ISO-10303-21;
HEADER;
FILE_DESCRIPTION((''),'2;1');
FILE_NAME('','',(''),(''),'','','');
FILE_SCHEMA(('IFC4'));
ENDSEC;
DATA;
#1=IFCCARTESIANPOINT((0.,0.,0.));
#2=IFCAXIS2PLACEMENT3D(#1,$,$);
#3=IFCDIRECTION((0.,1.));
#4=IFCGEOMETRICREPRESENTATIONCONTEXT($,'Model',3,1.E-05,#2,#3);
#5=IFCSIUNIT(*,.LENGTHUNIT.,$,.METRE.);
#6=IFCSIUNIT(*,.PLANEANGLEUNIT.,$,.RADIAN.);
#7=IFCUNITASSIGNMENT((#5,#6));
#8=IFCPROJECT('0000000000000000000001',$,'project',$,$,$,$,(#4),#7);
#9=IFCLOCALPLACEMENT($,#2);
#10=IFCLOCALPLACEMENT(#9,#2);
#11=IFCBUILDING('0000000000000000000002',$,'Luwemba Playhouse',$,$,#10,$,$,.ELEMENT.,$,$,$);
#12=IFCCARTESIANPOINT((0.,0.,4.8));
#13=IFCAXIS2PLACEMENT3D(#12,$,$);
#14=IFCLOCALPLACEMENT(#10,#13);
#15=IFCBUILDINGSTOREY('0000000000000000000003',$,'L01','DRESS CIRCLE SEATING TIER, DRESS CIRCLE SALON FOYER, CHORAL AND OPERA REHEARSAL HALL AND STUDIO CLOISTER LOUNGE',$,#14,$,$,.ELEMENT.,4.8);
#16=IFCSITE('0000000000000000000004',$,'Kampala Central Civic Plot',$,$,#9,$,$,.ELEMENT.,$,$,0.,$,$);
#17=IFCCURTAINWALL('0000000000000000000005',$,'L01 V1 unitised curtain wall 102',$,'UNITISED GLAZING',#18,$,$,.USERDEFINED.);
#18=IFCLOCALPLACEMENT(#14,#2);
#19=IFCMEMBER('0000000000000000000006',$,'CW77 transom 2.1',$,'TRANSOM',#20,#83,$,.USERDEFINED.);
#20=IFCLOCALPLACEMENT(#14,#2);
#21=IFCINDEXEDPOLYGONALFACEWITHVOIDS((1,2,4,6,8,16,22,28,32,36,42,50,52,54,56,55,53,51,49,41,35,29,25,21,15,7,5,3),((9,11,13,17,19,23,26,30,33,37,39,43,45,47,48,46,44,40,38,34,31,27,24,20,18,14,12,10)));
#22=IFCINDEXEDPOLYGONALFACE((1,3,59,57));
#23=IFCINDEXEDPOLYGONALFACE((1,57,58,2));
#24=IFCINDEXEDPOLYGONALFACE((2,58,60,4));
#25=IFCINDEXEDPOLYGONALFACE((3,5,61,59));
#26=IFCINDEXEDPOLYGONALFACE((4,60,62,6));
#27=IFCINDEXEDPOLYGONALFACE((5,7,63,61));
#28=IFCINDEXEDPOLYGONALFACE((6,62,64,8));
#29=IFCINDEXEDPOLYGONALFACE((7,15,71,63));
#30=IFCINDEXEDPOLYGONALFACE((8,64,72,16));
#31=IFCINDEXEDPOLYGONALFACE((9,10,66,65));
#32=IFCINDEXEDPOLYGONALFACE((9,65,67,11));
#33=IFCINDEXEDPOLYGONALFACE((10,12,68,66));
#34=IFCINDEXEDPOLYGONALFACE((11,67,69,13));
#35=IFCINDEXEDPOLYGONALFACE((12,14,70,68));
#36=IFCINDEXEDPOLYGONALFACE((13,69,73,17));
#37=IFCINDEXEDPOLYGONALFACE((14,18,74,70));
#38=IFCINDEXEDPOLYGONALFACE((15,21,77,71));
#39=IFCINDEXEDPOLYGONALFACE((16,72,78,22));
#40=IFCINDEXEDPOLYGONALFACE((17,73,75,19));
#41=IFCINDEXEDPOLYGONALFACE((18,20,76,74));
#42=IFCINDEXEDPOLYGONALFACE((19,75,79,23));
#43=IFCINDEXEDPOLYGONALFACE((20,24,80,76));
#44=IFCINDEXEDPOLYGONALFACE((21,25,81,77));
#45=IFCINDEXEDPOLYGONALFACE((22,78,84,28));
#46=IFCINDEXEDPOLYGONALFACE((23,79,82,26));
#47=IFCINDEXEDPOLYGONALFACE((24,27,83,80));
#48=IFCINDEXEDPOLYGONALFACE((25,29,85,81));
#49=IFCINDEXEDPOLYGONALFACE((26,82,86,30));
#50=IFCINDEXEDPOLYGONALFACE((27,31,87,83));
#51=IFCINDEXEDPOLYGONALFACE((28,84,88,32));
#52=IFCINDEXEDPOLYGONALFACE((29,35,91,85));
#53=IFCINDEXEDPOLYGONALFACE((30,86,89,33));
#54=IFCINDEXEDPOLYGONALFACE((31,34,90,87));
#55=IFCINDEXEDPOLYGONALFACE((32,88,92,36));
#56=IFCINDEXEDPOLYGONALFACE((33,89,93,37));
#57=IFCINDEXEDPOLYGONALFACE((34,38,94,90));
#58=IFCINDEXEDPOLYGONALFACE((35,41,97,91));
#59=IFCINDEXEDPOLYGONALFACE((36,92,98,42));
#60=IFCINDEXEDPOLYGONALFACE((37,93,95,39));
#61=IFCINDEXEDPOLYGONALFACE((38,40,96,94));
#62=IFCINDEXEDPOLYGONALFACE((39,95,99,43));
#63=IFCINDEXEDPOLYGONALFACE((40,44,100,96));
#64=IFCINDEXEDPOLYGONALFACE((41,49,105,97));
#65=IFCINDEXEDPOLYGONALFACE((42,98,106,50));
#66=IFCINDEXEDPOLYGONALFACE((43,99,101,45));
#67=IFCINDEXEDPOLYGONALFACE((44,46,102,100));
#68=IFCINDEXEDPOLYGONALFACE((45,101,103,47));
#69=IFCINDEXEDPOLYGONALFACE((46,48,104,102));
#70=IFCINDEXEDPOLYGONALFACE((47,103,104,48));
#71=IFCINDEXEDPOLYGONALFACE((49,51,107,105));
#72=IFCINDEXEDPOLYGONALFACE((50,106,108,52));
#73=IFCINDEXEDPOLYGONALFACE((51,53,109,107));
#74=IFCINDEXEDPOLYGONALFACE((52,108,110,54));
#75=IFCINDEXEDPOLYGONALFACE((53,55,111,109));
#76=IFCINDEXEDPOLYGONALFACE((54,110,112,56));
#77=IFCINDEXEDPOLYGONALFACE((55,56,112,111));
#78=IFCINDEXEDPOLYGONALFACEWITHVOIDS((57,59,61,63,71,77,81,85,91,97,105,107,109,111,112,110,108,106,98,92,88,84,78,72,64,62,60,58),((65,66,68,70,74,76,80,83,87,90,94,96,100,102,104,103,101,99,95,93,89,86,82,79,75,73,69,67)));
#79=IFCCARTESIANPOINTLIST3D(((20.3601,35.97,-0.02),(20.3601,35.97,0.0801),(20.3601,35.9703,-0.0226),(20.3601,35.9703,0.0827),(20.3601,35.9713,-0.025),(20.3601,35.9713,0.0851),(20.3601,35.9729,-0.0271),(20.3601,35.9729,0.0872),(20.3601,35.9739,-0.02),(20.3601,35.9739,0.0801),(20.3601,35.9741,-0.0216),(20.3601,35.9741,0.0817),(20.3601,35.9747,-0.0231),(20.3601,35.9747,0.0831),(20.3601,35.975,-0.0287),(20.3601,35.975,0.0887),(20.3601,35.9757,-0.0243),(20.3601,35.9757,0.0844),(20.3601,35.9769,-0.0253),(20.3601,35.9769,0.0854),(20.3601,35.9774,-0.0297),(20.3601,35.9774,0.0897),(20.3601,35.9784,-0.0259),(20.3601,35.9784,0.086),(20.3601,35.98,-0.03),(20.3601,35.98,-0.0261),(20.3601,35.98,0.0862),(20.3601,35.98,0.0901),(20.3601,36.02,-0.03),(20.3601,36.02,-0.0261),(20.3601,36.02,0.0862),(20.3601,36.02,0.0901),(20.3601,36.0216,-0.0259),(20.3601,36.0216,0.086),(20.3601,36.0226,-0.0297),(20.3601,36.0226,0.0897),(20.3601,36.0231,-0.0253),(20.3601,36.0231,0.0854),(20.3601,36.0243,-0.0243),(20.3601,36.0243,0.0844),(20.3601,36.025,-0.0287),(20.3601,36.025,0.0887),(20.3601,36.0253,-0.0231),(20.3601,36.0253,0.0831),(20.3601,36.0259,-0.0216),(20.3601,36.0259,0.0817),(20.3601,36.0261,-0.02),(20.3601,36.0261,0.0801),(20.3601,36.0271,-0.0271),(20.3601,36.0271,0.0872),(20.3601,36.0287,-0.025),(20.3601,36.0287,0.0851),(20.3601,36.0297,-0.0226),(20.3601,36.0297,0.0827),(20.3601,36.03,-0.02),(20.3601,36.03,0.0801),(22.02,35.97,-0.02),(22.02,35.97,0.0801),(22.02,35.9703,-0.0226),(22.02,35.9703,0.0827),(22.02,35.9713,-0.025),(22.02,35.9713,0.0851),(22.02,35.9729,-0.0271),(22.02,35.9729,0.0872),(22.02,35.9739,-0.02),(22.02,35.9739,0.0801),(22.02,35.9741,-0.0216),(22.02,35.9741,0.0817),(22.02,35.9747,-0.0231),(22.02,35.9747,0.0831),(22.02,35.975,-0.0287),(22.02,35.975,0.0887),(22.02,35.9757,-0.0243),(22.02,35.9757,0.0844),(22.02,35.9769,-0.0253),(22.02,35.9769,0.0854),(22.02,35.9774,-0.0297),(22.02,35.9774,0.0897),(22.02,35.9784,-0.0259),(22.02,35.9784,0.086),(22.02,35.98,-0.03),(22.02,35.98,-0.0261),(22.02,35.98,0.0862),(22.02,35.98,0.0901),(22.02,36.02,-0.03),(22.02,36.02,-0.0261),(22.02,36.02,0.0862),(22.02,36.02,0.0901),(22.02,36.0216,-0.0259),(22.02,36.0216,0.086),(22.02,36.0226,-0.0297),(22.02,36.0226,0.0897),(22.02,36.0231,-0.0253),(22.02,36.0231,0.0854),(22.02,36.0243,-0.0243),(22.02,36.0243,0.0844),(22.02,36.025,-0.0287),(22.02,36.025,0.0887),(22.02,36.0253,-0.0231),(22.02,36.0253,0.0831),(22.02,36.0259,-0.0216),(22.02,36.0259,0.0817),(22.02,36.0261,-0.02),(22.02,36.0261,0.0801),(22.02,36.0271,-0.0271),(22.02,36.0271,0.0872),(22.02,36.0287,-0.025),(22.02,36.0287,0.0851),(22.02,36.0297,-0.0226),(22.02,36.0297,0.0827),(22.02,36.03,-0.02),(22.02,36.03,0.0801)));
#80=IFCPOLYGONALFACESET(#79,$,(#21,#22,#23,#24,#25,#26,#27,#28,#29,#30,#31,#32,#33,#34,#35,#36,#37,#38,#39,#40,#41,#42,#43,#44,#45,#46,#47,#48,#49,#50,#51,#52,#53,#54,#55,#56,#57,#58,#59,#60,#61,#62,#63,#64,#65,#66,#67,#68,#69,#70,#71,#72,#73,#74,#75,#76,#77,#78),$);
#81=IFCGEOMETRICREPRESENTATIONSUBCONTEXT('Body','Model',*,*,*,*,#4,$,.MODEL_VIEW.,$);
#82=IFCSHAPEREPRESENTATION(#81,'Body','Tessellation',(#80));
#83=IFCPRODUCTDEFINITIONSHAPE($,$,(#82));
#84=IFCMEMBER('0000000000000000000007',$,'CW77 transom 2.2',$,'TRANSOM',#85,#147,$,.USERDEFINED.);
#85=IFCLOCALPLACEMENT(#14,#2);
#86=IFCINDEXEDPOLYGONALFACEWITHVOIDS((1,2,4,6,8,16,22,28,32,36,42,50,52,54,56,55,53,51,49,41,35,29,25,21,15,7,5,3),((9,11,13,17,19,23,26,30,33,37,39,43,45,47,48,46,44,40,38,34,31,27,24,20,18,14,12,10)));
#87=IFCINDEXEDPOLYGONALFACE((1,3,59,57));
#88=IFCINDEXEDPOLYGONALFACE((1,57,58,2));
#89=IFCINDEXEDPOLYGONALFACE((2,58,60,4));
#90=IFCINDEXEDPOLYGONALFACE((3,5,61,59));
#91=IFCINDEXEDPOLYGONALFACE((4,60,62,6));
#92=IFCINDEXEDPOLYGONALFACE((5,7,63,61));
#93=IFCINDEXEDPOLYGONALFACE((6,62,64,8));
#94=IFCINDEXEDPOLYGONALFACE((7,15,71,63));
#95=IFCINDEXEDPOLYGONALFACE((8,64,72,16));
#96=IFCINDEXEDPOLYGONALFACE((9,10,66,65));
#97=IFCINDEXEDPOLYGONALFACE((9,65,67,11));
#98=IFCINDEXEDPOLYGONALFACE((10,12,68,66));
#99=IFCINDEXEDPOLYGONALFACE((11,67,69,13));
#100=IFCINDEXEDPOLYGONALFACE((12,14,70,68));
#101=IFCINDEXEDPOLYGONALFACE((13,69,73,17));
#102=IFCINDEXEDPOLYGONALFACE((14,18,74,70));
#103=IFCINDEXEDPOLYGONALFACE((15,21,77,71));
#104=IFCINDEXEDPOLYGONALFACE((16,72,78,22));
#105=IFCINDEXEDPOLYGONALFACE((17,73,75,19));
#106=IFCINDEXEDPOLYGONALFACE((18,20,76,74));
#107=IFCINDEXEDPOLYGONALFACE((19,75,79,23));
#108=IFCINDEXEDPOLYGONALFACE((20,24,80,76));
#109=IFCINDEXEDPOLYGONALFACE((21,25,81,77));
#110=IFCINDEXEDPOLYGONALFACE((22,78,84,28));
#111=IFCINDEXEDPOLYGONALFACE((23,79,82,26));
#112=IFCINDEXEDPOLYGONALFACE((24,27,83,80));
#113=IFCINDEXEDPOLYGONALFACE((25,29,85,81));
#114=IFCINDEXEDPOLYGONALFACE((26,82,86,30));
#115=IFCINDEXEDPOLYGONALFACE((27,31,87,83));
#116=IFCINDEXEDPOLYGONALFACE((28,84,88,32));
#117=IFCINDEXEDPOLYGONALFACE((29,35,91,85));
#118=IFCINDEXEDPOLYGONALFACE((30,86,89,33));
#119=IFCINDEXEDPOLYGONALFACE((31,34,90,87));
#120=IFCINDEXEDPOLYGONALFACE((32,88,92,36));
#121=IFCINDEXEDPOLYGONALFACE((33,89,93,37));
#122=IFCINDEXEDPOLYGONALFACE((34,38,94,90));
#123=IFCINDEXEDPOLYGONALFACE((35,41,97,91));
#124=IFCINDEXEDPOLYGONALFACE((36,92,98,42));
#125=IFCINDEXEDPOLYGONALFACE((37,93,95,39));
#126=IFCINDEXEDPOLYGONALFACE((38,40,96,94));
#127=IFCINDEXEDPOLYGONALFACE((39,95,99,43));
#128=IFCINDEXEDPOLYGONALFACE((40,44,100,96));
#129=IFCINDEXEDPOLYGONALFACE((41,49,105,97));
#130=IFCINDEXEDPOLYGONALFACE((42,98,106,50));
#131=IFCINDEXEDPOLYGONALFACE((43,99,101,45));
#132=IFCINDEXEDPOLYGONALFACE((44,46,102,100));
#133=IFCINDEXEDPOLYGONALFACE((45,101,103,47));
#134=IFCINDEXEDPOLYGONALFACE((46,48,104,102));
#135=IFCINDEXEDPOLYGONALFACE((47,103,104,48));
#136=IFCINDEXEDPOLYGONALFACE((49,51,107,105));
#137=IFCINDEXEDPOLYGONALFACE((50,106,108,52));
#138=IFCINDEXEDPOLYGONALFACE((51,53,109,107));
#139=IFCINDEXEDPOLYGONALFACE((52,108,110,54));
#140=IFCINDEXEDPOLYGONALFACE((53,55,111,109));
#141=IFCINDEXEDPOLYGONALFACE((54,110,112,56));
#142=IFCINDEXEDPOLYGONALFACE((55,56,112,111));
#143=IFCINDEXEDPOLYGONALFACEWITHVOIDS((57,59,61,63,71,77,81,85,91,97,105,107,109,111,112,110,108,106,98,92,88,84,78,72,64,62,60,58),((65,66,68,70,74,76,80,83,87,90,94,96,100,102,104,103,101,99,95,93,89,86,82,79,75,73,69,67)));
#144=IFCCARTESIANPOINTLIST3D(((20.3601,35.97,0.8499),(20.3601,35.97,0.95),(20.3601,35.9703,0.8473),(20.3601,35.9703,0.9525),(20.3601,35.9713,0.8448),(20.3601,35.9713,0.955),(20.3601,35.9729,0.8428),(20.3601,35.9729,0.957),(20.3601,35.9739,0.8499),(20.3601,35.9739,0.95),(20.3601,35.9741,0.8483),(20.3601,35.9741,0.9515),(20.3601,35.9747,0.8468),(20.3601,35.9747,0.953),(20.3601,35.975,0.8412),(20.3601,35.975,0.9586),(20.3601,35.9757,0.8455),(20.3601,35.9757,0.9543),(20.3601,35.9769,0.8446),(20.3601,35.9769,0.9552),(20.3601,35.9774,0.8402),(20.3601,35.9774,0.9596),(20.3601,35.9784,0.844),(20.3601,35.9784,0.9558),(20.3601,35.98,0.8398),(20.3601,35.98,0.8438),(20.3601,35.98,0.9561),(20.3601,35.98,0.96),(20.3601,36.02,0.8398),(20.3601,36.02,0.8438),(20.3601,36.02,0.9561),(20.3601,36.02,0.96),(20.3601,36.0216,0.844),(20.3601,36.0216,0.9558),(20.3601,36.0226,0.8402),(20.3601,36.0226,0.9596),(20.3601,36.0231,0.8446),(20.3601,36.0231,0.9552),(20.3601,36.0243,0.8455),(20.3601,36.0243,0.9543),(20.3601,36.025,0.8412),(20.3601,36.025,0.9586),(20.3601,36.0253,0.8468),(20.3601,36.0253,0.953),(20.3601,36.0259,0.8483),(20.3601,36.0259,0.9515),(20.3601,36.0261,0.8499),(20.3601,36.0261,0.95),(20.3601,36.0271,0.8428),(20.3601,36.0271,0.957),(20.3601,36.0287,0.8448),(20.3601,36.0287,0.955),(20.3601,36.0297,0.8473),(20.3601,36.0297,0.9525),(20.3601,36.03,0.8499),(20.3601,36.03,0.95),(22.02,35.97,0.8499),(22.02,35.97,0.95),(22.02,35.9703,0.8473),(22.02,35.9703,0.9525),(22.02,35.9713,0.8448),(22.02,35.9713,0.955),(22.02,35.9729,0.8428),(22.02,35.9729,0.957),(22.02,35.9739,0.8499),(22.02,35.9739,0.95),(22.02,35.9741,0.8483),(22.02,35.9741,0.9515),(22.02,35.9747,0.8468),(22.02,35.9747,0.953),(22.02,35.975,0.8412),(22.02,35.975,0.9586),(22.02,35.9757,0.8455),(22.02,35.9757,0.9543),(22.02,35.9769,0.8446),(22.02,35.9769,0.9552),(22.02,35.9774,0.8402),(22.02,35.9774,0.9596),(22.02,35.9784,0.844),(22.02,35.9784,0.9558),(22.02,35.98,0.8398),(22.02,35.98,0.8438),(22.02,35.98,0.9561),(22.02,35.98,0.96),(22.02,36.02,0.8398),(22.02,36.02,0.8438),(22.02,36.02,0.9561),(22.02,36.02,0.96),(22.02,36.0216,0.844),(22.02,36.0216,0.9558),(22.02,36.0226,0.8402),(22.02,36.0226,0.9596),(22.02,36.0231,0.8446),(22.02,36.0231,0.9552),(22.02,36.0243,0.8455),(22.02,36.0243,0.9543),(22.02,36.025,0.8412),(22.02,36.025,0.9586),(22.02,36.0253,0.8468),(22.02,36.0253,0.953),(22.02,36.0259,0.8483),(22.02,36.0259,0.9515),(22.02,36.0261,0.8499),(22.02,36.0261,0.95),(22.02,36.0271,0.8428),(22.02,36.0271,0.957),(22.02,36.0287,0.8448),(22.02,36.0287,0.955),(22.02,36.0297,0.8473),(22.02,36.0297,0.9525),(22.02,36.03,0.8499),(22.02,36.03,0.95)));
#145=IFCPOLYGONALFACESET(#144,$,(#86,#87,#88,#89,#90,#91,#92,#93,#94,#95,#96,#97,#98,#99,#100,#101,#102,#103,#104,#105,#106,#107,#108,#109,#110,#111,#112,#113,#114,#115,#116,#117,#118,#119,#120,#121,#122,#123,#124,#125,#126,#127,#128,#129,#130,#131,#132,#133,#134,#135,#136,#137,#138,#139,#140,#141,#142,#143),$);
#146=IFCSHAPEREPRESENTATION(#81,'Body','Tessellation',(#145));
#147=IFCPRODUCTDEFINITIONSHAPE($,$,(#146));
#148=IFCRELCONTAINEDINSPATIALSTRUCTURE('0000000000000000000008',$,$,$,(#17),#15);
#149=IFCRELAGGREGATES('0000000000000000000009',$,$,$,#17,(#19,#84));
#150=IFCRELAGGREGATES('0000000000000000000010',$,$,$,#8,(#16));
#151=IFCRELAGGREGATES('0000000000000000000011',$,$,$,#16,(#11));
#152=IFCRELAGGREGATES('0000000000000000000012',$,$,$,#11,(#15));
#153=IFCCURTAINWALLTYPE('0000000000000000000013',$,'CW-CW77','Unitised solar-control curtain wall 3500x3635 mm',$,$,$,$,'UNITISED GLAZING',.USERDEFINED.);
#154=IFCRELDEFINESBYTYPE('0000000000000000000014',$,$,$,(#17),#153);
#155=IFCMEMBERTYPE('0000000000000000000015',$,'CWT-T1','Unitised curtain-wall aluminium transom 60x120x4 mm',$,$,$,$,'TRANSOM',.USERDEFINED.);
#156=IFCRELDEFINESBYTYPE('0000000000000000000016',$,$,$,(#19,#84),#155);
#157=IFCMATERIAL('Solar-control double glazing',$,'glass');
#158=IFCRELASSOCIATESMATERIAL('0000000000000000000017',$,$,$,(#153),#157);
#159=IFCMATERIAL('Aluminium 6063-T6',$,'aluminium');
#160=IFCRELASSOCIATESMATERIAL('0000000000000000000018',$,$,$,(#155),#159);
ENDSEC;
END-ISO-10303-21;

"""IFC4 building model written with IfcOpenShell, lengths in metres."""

from ifc_helpers import new_model, si_unit, direction, frame, origin, origin_2d, place, context, subcontext, project, spatial, hollow_rectangle, extrude, material, material_profile, profile_set, type_object, element, aggregate, save


model = new_model("IFC4")

# Units and contexts
model_context = context("Model", 3, precision=1e-05, world=origin(), true_north=direction((0.0, 1.0)))
body_context = subcontext(model_context, "Body", "Model", "MODEL_VIEW")
ifc_project = project(units=[si_unit("LENGTHUNIT", "METRE"), si_unit("PLANEANGLEUNIT", "RADIAN")], contexts=[model_context])

# Site, building, storey
site_placement = place(None, origin())
site = spatial("IfcSite", under=ifc_project, at=site_placement, Name="Kampala Central Civic Plot", CompositionType="ELEMENT", RefElevation=0.0)
building_placement = place(site_placement, origin())
building = spatial("IfcBuilding", under=site, at=building_placement, Name="Luwemba Playhouse", CompositionType="ELEMENT")
storey_placement = place(building_placement, frame((0.0, 0.0, 4.8)))
storey = spatial("IfcBuildingStorey", under=building, at=storey_placement, Name="L01", Description="DRESS CIRCLE SEATING TIER, DRESS CIRCLE SALON FOYER, CHORAL AND OPERA REHEARSAL HALL AND STUDIO CLOISTER LOUNGE", CompositionType="ELEMENT", Elevation=4.8)

# Curtain wall
ifc_material_1 = material(Name="Solar-control double glazing", Category="glass")
curtain_wall_type_1 = type_object("IfcCurtainWallType", Name="CW-CW77", Description="Unitised solar-control curtain wall 3500x3635 mm", ElementType="UNITISED GLAZING", PredefinedType="USERDEFINED", material=ifc_material_1)
curtain_wall_1_placement = place(storey_placement, origin())
curtain_wall_1 = element("IfcCurtainWall", 1, at=curtain_wall_1_placement, inside=storey, type_object=curtain_wall_type_1, Name="L01 V1 unitised curtain wall 102", ObjectType="UNITISED GLAZING", PredefinedType="USERDEFINED")
ifc_material_2 = material(Name="Aluminium 6063-T6", Category="aluminium")

# Members
ifc_material_profile_1 = material_profile(ifc_material_2, hollow_rectangle(XDim=0.0601, YDim=0.1201, WallThickness=0.0039, InnerFilletRadius=0.0061, OuterFilletRadius=0.01, at=origin_2d()))
ifc_profile_set_1 = profile_set([ifc_material_profile_1], Name="Aluminium 6063-T6")
member_type_1 = type_object("IfcMemberType", Name="CWT-T1", Description="Unitised curtain-wall aluminium transom 60x120x4 mm", ElementType="TRANSOM", PredefinedType="USERDEFINED", material=ifc_profile_set_1)
member_1_placement = place(storey_placement, frame((22.02, 36.0, 0.03), z_axis=(-1.0, 0.0, 0.0), x_axis=(0.0, -1.0, 0.0)))
member_1 = element("IfcMember", 2, at=member_1_placement, type_object=member_type_1, Name="CW77 transom 2.1", ObjectType="TRANSOM", PredefinedType="USERDEFINED", context=body_context, shape_type="SweptSolid", body=[
    extrude(hollow_rectangle(XDim=0.0601, YDim=0.1201, WallThickness=0.0039, InnerFilletRadius=0.0061, OuterFilletRadius=0.01, at=origin_2d()), origin(), (0.0, 0.0, 1.0), 1.6599),
])
member_2_placement = place(storey_placement, frame((22.02, 36.0, 0.8999), z_axis=(-1.0, 0.0, 0.0), x_axis=(0.0, -1.0, 0.0)))
member_2 = element("IfcMember", 3, at=member_2_placement, type_object=member_type_1, Name="CW77 transom 2.2", ObjectType="TRANSOM", PredefinedType="USERDEFINED", context=body_context, shape_type="SweptSolid", body=[
    extrude(hollow_rectangle(XDim=0.0601, YDim=0.1201, WallThickness=0.0039, InnerFilletRadius=0.0061, OuterFilletRadius=0.01, at=origin_2d()), origin(), (0.0, 0.0, 1.0), 1.6599),
])

aggregate(curtain_wall_1, [member_1, member_2])

save(model, "model.ifc")
